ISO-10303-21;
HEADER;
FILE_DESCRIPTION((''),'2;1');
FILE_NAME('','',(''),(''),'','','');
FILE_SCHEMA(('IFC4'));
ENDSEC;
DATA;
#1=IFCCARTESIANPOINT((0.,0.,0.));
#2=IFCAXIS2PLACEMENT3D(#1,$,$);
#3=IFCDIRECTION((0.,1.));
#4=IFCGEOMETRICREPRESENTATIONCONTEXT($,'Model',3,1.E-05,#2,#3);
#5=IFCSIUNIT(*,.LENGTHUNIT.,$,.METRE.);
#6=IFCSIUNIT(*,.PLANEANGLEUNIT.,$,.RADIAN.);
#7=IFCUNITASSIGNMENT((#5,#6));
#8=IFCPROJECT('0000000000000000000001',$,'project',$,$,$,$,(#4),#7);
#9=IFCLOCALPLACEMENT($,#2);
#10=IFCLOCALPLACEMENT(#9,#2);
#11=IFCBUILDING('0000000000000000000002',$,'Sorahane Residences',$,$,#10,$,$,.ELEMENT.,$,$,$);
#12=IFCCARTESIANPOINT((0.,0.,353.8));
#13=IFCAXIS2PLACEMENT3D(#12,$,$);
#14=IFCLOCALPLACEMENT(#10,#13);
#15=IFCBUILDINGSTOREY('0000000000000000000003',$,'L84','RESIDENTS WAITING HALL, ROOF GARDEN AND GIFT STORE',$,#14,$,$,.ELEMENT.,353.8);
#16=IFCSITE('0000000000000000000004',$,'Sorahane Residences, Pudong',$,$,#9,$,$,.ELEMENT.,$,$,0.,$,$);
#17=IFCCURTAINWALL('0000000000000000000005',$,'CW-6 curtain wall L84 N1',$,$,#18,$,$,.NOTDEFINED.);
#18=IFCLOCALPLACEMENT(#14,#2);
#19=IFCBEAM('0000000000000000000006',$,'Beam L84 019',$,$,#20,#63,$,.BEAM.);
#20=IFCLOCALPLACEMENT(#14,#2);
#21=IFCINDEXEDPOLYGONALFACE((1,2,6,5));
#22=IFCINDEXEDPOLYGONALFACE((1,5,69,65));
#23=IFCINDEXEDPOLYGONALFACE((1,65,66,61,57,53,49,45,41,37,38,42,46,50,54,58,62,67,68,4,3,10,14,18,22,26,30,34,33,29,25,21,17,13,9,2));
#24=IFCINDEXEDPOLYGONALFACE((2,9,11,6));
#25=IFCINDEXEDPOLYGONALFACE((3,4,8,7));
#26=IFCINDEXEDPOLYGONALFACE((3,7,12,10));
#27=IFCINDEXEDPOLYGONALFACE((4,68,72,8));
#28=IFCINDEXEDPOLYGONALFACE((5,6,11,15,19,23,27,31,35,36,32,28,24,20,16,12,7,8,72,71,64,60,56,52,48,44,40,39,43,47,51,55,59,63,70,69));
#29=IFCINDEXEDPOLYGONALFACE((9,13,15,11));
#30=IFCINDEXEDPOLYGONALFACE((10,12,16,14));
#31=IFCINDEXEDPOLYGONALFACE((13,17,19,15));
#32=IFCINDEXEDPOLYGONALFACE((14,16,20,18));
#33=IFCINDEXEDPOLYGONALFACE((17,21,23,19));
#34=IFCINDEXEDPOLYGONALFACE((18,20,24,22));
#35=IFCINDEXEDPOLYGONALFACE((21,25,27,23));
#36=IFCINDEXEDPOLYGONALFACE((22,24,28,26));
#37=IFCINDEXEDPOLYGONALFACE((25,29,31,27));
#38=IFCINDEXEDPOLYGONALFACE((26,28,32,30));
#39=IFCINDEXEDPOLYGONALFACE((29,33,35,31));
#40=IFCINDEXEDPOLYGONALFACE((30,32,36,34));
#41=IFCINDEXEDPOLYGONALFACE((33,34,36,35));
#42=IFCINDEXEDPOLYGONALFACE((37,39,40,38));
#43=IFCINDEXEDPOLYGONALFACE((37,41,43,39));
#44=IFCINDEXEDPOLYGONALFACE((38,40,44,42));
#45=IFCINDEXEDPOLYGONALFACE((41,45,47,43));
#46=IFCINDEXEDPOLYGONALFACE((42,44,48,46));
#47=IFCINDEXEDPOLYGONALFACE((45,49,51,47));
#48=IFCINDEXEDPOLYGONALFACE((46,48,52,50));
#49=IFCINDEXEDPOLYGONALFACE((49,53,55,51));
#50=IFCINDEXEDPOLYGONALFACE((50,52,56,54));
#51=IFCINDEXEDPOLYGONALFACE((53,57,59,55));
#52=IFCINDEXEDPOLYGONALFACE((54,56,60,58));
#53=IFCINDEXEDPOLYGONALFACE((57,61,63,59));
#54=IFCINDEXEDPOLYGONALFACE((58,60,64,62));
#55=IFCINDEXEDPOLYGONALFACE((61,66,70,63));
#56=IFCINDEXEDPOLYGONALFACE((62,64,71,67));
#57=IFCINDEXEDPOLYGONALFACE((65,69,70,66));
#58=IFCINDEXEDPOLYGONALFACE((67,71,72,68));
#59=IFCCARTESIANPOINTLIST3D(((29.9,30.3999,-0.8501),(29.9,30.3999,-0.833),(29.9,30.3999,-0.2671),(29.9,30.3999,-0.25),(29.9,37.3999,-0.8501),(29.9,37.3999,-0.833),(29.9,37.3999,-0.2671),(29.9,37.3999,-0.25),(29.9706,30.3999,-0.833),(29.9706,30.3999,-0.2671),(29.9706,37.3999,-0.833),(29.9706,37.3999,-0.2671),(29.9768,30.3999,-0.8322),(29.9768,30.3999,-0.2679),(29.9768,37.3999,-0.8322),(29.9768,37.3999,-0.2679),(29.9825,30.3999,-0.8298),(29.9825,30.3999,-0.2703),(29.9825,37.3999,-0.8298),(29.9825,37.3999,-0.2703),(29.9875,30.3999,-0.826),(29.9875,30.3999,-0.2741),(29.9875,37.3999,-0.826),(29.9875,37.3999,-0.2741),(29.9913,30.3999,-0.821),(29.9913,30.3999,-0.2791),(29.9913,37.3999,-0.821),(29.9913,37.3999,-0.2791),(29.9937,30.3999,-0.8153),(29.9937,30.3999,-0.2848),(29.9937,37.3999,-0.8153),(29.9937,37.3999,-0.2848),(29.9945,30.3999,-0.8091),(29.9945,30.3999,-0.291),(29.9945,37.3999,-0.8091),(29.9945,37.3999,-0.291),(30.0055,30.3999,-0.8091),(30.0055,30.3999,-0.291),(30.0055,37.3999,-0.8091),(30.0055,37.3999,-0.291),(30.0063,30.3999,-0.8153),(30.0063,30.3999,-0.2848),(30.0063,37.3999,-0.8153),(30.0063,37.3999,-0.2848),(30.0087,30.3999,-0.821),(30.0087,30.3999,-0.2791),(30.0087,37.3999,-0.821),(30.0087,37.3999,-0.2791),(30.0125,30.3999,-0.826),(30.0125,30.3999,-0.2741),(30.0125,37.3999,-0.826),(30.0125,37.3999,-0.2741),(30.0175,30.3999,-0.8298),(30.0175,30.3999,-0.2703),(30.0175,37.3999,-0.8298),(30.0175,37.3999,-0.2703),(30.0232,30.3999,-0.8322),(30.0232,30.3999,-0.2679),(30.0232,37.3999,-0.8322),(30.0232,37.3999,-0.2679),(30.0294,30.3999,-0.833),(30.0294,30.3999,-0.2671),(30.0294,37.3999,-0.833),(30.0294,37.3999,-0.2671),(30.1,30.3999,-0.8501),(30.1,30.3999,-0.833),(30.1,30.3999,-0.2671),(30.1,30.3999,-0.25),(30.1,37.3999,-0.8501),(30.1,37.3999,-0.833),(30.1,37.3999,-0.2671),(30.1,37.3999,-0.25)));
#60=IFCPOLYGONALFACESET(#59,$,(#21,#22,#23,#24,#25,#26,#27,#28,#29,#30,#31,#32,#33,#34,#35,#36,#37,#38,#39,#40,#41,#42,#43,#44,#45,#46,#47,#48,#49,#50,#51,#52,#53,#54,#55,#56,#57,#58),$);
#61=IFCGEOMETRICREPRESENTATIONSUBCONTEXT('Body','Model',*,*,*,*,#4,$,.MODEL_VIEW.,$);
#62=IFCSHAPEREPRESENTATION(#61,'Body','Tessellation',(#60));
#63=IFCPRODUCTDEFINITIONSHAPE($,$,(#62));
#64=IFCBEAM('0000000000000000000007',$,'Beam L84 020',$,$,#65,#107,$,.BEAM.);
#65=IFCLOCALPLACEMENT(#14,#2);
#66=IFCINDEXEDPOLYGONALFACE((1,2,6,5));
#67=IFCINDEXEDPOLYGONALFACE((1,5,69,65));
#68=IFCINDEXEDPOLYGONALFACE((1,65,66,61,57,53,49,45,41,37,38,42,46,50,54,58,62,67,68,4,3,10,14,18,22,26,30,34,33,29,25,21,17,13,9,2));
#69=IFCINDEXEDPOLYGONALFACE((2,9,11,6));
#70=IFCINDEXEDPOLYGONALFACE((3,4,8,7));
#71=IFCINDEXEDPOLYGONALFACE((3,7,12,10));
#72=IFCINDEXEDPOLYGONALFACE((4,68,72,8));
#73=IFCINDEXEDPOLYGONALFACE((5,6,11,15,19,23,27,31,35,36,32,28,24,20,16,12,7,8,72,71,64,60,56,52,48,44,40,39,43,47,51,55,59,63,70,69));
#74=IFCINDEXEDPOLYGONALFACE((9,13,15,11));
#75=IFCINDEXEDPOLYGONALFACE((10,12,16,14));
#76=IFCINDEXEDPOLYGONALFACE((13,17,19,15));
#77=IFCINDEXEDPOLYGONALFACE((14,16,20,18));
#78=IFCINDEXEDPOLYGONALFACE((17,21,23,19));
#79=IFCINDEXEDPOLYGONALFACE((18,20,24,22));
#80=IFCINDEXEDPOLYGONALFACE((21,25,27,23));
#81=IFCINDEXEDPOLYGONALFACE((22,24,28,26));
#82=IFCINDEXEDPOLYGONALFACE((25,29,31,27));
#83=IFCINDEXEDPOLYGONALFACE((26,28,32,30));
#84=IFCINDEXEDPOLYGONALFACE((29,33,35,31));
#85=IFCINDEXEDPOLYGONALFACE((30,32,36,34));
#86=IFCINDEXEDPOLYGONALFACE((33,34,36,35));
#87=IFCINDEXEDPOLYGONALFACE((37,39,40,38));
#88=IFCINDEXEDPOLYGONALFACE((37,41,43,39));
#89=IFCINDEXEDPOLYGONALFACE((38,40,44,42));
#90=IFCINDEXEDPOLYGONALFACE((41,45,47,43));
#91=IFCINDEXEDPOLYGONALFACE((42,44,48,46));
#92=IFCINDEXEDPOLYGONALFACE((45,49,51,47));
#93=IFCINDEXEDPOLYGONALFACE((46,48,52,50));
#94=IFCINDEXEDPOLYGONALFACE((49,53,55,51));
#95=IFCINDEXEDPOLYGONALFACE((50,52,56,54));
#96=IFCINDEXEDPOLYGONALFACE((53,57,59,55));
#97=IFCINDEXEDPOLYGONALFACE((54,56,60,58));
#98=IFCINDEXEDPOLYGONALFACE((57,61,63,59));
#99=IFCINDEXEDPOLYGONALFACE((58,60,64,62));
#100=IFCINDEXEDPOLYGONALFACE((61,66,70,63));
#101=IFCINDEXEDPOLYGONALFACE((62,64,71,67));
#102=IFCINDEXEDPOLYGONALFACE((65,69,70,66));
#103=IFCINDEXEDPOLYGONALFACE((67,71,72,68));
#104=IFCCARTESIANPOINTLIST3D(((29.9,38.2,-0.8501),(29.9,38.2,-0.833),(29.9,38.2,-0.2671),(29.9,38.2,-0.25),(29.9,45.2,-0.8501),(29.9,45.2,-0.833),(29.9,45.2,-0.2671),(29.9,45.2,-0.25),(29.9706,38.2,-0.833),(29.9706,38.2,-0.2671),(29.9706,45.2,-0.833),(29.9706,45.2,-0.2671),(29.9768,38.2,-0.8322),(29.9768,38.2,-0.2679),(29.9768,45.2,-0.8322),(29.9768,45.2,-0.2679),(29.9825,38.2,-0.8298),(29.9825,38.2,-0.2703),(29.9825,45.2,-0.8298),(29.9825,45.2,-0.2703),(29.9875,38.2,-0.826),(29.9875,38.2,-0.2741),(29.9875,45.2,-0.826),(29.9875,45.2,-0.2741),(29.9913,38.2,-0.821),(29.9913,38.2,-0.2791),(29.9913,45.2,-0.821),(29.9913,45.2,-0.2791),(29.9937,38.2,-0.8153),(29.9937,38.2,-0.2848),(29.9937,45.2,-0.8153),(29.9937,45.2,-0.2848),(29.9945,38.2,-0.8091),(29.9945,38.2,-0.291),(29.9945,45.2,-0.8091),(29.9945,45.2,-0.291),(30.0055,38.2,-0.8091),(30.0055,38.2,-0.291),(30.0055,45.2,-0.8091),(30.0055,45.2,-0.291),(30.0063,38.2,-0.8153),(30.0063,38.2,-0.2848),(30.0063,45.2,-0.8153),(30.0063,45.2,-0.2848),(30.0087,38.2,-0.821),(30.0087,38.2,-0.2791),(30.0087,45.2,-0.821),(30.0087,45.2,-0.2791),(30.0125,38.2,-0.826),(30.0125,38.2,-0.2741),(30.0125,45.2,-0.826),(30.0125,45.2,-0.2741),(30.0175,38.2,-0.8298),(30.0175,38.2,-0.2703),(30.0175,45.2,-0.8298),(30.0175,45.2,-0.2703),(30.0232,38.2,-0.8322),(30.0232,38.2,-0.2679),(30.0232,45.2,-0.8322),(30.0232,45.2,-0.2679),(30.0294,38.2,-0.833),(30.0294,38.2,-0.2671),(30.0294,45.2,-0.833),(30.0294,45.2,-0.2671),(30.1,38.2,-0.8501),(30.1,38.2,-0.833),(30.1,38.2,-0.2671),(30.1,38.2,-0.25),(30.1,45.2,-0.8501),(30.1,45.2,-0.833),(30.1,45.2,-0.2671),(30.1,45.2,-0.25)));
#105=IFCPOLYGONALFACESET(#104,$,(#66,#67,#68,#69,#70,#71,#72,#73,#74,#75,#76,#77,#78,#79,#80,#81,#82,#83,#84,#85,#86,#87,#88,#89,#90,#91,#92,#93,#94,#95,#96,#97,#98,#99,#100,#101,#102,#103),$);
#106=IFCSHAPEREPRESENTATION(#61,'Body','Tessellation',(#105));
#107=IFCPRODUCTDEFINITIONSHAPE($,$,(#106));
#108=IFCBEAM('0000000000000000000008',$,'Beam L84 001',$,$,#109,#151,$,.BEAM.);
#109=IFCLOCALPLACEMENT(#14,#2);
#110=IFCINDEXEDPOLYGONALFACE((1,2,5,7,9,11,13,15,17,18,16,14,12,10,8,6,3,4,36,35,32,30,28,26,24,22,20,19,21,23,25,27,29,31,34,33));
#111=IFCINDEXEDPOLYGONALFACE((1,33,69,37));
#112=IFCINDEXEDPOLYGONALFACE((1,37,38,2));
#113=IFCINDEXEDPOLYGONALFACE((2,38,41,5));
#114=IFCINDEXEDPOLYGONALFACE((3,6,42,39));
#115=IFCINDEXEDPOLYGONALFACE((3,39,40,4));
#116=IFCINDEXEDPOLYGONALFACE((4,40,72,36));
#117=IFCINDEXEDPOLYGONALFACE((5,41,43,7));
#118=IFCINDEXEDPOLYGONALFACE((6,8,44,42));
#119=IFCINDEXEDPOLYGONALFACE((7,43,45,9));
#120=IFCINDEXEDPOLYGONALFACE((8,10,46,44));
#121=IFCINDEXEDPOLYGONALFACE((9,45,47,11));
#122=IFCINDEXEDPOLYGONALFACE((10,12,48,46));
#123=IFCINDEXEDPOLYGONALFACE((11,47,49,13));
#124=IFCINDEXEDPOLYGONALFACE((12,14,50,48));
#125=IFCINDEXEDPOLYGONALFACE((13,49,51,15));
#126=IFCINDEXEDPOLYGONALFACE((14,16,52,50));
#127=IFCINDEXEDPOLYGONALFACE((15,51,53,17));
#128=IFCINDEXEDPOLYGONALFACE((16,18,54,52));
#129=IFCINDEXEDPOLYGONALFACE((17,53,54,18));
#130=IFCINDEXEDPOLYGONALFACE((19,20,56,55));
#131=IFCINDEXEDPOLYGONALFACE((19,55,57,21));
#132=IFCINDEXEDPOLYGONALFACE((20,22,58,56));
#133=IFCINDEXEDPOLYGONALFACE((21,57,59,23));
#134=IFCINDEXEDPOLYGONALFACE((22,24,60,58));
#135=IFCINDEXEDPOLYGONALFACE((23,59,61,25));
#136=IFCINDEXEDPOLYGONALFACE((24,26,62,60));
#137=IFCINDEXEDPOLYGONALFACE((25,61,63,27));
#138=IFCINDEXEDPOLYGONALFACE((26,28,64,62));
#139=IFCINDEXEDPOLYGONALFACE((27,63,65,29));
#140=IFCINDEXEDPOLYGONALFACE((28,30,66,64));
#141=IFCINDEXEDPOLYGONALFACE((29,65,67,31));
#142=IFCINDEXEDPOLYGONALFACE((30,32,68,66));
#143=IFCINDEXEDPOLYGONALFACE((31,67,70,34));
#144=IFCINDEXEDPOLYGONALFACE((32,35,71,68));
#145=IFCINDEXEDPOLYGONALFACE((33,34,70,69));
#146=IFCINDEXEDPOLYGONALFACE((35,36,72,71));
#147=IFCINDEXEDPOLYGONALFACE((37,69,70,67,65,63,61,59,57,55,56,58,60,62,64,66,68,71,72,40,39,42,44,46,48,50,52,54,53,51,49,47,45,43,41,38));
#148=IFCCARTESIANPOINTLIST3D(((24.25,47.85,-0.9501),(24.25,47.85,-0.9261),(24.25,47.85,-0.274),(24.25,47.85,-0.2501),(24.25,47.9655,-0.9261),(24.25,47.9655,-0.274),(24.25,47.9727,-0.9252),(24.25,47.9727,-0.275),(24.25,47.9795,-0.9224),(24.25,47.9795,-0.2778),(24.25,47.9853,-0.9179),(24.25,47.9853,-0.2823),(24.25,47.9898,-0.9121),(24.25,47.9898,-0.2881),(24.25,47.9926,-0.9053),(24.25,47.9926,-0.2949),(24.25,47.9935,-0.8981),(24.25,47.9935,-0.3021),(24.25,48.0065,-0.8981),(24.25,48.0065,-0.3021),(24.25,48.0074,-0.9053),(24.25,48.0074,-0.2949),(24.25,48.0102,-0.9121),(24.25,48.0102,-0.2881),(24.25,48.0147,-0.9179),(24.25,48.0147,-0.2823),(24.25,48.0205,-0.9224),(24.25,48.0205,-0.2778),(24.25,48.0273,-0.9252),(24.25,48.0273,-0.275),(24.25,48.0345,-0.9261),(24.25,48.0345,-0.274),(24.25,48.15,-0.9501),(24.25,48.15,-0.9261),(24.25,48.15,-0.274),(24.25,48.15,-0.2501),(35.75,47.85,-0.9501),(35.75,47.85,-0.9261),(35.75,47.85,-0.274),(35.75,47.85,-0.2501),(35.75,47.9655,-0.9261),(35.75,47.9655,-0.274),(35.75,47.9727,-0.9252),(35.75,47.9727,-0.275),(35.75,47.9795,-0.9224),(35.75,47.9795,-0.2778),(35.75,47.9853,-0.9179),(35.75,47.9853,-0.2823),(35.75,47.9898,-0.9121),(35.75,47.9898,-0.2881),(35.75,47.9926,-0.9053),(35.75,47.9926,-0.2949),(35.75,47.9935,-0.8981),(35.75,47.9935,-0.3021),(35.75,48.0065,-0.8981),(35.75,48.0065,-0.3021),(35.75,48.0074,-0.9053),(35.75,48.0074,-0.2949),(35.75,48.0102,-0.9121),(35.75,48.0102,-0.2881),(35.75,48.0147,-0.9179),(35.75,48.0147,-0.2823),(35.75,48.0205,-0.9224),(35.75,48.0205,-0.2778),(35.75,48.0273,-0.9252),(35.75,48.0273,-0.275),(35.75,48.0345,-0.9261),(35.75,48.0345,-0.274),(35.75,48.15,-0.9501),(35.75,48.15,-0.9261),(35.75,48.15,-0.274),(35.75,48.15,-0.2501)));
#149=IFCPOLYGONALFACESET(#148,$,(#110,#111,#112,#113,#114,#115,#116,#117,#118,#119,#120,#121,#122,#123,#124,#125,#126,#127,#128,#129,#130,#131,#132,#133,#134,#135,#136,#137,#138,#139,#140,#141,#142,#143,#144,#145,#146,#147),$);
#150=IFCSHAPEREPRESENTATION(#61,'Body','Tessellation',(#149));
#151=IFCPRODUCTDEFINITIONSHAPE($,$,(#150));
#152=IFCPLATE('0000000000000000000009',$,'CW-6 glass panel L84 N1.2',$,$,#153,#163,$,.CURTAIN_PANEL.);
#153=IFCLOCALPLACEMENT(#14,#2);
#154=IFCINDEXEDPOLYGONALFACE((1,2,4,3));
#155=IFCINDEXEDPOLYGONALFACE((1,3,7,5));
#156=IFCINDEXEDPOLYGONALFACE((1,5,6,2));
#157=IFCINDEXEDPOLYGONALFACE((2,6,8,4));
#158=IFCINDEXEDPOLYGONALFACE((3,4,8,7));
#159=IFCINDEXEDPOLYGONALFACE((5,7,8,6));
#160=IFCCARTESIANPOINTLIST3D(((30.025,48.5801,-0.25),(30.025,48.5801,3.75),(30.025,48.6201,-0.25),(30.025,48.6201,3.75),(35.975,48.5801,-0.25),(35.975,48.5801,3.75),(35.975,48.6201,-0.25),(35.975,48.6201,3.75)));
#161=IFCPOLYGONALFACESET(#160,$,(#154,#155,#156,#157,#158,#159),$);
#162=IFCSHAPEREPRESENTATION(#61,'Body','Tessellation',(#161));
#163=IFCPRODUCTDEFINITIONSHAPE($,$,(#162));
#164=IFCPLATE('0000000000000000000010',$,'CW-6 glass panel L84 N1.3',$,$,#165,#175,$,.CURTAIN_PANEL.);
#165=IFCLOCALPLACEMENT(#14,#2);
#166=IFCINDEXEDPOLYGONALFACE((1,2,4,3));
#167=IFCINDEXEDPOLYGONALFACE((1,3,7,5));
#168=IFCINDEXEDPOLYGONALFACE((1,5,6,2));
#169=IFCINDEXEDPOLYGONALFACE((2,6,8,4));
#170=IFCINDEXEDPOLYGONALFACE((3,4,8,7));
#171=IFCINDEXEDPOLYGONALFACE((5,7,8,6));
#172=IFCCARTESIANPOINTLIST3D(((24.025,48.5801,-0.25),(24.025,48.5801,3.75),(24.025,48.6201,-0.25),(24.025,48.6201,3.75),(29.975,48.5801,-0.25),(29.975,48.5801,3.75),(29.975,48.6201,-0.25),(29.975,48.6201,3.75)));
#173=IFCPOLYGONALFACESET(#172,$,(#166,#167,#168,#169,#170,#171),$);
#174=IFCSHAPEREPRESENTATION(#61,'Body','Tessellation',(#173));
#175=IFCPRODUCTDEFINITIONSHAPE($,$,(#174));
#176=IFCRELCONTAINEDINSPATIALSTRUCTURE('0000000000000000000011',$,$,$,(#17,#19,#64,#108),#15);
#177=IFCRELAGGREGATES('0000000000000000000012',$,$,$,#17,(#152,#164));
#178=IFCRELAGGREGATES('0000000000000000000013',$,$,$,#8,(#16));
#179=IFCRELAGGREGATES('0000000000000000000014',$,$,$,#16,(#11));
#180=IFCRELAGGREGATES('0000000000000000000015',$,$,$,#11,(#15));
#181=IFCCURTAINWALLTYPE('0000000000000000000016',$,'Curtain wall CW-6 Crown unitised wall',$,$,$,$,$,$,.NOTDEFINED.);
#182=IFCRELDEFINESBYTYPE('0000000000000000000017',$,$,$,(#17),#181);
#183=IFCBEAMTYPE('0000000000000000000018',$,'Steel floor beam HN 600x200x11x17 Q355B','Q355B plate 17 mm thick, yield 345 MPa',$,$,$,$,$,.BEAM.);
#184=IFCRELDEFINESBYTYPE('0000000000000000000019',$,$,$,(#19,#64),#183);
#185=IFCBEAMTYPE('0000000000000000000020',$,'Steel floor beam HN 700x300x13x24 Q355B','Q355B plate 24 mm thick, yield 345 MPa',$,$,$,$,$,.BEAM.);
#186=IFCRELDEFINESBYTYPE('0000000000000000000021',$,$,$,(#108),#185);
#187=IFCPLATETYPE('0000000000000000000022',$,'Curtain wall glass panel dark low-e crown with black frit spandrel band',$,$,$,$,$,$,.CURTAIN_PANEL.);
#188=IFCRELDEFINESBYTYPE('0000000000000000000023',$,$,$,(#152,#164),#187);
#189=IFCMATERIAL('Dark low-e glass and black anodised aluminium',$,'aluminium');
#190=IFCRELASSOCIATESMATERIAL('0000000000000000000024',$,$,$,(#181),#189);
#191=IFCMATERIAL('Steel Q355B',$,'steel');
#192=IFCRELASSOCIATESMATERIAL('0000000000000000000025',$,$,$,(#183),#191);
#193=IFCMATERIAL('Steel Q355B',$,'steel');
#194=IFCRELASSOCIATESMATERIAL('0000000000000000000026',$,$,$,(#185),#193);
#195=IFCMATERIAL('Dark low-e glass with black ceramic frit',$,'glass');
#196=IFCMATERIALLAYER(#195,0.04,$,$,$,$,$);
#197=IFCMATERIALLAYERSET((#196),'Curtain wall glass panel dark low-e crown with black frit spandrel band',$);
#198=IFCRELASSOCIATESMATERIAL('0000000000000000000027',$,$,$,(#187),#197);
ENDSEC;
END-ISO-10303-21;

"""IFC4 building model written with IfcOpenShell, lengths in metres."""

from ifc_helpers import new_model, si_unit, direction, frame, origin, origin_2d, place, context, subcontext, project, spatial, rectangle, i_section, extrude, material, layer, layer_set, material_profile, profile_set, type_object, element, aggregate, save


model = new_model("IFC4")

# Units and contexts
model_context = context("Model", 3, precision=1e-05, world=origin(), true_north=direction((0.0, 1.0)))
body_context = subcontext(model_context, "Body", "Model", "MODEL_VIEW")
ifc_project = project(units=[si_unit("LENGTHUNIT", "METRE"), si_unit("PLANEANGLEUNIT", "RADIAN")], contexts=[model_context])

# Site, building, storey
site_placement = place(None, origin())
site = spatial("IfcSite", under=ifc_project, at=site_placement, Name="Sorahane Residences, Pudong", CompositionType="ELEMENT", RefElevation=0.0)
building_placement = place(site_placement, origin())
building = spatial("IfcBuilding", under=site, at=building_placement, Name="Sorahane Residences", CompositionType="ELEMENT")
storey_placement = place(building_placement, frame((0.0, 0.0, 353.8)))
storey = spatial("IfcBuildingStorey", under=building, at=storey_placement, Name="L84", Description="RESIDENTS WAITING HALL, ROOF GARDEN AND GIFT STORE", CompositionType="ELEMENT", Elevation=353.8)

# Curtain wall
ifc_material_1 = material(Name="Dark low-e glass and black anodised aluminium", Category="aluminium")
curtain_wall_type = type_object("IfcCurtainWallType", Name="Curtain wall CW-6 Crown unitised wall", PredefinedType="NOTDEFINED", material=ifc_material_1)
curtain_wall_placement = place(storey_placement, origin())
curtain_wall = element("IfcCurtainWall", 1, at=curtain_wall_placement, inside=storey, type_object=curtain_wall_type, Name="CW-6 curtain wall L84 N1", PredefinedType="NOTDEFINED")

# Beams
ifc_material_2 = material(Name="Steel Q355B", Category="steel")
ifc_material_profile_1 = material_profile(ifc_material_2, i_section(OverallWidth=0.2, OverallDepth=0.6001, WebThickness=0.011, FlangeThickness=0.0171, FilletRadius=0.0239, at=origin_2d()), Name="HN 600x200x11x17")
ifc_profile_set_1 = profile_set([ifc_material_profile_1], Name="Steel Q355B")
beam_type_1 = type_object("IfcBeamType", Name="Steel floor beam HN 600x200x11x17 Q355B", Description="Q355B plate 17 mm thick, yield 345 MPa", PredefinedType="BEAM", material=ifc_profile_set_1)
for number, where, z_axis, x_axis, name in (
    (2, (30.0, 30.3999, -0.55), (0.0, 1.0, 0.0), (-1.0, 0.0, 0.0), "Beam L84 019"),
    (3, (30.0, 38.2, -0.55), (0.0, 1.0, 0.0), (-1.0, 0.0, 0.0), "Beam L84 020"),
):
    element("IfcBeam", number, at=place(storey_placement, frame(where, z_axis=z_axis, x_axis=x_axis)), inside=storey, type_object=beam_type_1, Name=name, PredefinedType="BEAM", context=body_context, shape_type="SweptSolid", body=[
        extrude(i_section(OverallWidth=0.2, OverallDepth=0.6001, WebThickness=0.011, FlangeThickness=0.0171, FilletRadius=0.0239, at=origin_2d()), origin(), (0.0, 0.0, 1.0), 7.0),
    ])
ifc_material_3 = material(Name="Steel Q355B", Category="steel")
ifc_material_profile_2 = material_profile(ifc_material_3, i_section(OverallWidth=0.3, OverallDepth=0.7, WebThickness=0.0129, FlangeThickness=0.0239, FilletRadius=0.0281, at=origin_2d()), Name="HN 700x300x13x24")
ifc_profile_set_2 = profile_set([ifc_material_profile_2], Name="Steel Q355B")
beam_type_2 = type_object("IfcBeamType", Name="Steel floor beam HN 700x300x13x24 Q355B", Description="Q355B plate 24 mm thick, yield 345 MPa", PredefinedType="BEAM", material=ifc_profile_set_2)
beam_1_placement = place(storey_placement, frame((24.25, 48.0, -0.6001), z_axis=(1.0, 0.0, 0.0), x_axis=(0.0, 1.0, 0.0)))
element("IfcBeam", 4, at=beam_1_placement, inside=storey, type_object=beam_type_2, Name="Beam L84 001", PredefinedType="BEAM", context=body_context, shape_type="SweptSolid", body=[
    extrude(i_section(OverallWidth=0.3, OverallDepth=0.7, WebThickness=0.0129, FlangeThickness=0.0239, FilletRadius=0.0281, at=origin_2d()), origin(), (0.0, 0.0, 1.0), 11.5),
])

# Plates
ifc_material_4 = material(Name="Dark low-e glass with black ceramic frit", Category="glass")
ifc_layer_1 = layer(ifc_material_4, 0.04)
ifc_layer_set_1 = layer_set([ifc_layer_1], Name="Curtain wall glass panel dark low-e crown with black frit spandrel band")
plate_type = type_object("IfcPlateType", Name="Curtain wall glass panel dark low-e crown with black frit spandrel band", PredefinedType="CURTAIN_PANEL", material=ifc_layer_set_1)
plate_1_placement = place(storey_placement, frame((33.0, 48.6001, -0.25), z_axis=(0.0, 0.0, 1.0), x_axis=(-1.0, 0.0, 0.0)))
plate_1 = element("IfcPlate", 5, at=plate_1_placement, type_object=plate_type, Name="CW-6 glass panel L84 N1.2", PredefinedType="CURTAIN_PANEL", context=body_context, shape_type="SweptSolid", body=[
    extrude(rectangle(XDim=5.95, YDim=0.04, at=origin_2d()), origin(), (0.0, 0.0, 1.0), 4.0),
])
plate_2_placement = place(storey_placement, frame((27.0, 48.6001, -0.25), z_axis=(0.0, 0.0, 1.0), x_axis=(-1.0, 0.0, 0.0)))
plate_2 = element("IfcPlate", 6, at=plate_2_placement, type_object=plate_type, Name="CW-6 glass panel L84 N1.3", PredefinedType="CURTAIN_PANEL", context=body_context, shape_type="SweptSolid", body=[
    extrude(rectangle(XDim=5.95, YDim=0.04, at=origin_2d()), origin(), (0.0, 0.0, 1.0), 4.0),
])
aggregate(curtain_wall, [plate_1, plate_2])

save(model, "model.ifc")
